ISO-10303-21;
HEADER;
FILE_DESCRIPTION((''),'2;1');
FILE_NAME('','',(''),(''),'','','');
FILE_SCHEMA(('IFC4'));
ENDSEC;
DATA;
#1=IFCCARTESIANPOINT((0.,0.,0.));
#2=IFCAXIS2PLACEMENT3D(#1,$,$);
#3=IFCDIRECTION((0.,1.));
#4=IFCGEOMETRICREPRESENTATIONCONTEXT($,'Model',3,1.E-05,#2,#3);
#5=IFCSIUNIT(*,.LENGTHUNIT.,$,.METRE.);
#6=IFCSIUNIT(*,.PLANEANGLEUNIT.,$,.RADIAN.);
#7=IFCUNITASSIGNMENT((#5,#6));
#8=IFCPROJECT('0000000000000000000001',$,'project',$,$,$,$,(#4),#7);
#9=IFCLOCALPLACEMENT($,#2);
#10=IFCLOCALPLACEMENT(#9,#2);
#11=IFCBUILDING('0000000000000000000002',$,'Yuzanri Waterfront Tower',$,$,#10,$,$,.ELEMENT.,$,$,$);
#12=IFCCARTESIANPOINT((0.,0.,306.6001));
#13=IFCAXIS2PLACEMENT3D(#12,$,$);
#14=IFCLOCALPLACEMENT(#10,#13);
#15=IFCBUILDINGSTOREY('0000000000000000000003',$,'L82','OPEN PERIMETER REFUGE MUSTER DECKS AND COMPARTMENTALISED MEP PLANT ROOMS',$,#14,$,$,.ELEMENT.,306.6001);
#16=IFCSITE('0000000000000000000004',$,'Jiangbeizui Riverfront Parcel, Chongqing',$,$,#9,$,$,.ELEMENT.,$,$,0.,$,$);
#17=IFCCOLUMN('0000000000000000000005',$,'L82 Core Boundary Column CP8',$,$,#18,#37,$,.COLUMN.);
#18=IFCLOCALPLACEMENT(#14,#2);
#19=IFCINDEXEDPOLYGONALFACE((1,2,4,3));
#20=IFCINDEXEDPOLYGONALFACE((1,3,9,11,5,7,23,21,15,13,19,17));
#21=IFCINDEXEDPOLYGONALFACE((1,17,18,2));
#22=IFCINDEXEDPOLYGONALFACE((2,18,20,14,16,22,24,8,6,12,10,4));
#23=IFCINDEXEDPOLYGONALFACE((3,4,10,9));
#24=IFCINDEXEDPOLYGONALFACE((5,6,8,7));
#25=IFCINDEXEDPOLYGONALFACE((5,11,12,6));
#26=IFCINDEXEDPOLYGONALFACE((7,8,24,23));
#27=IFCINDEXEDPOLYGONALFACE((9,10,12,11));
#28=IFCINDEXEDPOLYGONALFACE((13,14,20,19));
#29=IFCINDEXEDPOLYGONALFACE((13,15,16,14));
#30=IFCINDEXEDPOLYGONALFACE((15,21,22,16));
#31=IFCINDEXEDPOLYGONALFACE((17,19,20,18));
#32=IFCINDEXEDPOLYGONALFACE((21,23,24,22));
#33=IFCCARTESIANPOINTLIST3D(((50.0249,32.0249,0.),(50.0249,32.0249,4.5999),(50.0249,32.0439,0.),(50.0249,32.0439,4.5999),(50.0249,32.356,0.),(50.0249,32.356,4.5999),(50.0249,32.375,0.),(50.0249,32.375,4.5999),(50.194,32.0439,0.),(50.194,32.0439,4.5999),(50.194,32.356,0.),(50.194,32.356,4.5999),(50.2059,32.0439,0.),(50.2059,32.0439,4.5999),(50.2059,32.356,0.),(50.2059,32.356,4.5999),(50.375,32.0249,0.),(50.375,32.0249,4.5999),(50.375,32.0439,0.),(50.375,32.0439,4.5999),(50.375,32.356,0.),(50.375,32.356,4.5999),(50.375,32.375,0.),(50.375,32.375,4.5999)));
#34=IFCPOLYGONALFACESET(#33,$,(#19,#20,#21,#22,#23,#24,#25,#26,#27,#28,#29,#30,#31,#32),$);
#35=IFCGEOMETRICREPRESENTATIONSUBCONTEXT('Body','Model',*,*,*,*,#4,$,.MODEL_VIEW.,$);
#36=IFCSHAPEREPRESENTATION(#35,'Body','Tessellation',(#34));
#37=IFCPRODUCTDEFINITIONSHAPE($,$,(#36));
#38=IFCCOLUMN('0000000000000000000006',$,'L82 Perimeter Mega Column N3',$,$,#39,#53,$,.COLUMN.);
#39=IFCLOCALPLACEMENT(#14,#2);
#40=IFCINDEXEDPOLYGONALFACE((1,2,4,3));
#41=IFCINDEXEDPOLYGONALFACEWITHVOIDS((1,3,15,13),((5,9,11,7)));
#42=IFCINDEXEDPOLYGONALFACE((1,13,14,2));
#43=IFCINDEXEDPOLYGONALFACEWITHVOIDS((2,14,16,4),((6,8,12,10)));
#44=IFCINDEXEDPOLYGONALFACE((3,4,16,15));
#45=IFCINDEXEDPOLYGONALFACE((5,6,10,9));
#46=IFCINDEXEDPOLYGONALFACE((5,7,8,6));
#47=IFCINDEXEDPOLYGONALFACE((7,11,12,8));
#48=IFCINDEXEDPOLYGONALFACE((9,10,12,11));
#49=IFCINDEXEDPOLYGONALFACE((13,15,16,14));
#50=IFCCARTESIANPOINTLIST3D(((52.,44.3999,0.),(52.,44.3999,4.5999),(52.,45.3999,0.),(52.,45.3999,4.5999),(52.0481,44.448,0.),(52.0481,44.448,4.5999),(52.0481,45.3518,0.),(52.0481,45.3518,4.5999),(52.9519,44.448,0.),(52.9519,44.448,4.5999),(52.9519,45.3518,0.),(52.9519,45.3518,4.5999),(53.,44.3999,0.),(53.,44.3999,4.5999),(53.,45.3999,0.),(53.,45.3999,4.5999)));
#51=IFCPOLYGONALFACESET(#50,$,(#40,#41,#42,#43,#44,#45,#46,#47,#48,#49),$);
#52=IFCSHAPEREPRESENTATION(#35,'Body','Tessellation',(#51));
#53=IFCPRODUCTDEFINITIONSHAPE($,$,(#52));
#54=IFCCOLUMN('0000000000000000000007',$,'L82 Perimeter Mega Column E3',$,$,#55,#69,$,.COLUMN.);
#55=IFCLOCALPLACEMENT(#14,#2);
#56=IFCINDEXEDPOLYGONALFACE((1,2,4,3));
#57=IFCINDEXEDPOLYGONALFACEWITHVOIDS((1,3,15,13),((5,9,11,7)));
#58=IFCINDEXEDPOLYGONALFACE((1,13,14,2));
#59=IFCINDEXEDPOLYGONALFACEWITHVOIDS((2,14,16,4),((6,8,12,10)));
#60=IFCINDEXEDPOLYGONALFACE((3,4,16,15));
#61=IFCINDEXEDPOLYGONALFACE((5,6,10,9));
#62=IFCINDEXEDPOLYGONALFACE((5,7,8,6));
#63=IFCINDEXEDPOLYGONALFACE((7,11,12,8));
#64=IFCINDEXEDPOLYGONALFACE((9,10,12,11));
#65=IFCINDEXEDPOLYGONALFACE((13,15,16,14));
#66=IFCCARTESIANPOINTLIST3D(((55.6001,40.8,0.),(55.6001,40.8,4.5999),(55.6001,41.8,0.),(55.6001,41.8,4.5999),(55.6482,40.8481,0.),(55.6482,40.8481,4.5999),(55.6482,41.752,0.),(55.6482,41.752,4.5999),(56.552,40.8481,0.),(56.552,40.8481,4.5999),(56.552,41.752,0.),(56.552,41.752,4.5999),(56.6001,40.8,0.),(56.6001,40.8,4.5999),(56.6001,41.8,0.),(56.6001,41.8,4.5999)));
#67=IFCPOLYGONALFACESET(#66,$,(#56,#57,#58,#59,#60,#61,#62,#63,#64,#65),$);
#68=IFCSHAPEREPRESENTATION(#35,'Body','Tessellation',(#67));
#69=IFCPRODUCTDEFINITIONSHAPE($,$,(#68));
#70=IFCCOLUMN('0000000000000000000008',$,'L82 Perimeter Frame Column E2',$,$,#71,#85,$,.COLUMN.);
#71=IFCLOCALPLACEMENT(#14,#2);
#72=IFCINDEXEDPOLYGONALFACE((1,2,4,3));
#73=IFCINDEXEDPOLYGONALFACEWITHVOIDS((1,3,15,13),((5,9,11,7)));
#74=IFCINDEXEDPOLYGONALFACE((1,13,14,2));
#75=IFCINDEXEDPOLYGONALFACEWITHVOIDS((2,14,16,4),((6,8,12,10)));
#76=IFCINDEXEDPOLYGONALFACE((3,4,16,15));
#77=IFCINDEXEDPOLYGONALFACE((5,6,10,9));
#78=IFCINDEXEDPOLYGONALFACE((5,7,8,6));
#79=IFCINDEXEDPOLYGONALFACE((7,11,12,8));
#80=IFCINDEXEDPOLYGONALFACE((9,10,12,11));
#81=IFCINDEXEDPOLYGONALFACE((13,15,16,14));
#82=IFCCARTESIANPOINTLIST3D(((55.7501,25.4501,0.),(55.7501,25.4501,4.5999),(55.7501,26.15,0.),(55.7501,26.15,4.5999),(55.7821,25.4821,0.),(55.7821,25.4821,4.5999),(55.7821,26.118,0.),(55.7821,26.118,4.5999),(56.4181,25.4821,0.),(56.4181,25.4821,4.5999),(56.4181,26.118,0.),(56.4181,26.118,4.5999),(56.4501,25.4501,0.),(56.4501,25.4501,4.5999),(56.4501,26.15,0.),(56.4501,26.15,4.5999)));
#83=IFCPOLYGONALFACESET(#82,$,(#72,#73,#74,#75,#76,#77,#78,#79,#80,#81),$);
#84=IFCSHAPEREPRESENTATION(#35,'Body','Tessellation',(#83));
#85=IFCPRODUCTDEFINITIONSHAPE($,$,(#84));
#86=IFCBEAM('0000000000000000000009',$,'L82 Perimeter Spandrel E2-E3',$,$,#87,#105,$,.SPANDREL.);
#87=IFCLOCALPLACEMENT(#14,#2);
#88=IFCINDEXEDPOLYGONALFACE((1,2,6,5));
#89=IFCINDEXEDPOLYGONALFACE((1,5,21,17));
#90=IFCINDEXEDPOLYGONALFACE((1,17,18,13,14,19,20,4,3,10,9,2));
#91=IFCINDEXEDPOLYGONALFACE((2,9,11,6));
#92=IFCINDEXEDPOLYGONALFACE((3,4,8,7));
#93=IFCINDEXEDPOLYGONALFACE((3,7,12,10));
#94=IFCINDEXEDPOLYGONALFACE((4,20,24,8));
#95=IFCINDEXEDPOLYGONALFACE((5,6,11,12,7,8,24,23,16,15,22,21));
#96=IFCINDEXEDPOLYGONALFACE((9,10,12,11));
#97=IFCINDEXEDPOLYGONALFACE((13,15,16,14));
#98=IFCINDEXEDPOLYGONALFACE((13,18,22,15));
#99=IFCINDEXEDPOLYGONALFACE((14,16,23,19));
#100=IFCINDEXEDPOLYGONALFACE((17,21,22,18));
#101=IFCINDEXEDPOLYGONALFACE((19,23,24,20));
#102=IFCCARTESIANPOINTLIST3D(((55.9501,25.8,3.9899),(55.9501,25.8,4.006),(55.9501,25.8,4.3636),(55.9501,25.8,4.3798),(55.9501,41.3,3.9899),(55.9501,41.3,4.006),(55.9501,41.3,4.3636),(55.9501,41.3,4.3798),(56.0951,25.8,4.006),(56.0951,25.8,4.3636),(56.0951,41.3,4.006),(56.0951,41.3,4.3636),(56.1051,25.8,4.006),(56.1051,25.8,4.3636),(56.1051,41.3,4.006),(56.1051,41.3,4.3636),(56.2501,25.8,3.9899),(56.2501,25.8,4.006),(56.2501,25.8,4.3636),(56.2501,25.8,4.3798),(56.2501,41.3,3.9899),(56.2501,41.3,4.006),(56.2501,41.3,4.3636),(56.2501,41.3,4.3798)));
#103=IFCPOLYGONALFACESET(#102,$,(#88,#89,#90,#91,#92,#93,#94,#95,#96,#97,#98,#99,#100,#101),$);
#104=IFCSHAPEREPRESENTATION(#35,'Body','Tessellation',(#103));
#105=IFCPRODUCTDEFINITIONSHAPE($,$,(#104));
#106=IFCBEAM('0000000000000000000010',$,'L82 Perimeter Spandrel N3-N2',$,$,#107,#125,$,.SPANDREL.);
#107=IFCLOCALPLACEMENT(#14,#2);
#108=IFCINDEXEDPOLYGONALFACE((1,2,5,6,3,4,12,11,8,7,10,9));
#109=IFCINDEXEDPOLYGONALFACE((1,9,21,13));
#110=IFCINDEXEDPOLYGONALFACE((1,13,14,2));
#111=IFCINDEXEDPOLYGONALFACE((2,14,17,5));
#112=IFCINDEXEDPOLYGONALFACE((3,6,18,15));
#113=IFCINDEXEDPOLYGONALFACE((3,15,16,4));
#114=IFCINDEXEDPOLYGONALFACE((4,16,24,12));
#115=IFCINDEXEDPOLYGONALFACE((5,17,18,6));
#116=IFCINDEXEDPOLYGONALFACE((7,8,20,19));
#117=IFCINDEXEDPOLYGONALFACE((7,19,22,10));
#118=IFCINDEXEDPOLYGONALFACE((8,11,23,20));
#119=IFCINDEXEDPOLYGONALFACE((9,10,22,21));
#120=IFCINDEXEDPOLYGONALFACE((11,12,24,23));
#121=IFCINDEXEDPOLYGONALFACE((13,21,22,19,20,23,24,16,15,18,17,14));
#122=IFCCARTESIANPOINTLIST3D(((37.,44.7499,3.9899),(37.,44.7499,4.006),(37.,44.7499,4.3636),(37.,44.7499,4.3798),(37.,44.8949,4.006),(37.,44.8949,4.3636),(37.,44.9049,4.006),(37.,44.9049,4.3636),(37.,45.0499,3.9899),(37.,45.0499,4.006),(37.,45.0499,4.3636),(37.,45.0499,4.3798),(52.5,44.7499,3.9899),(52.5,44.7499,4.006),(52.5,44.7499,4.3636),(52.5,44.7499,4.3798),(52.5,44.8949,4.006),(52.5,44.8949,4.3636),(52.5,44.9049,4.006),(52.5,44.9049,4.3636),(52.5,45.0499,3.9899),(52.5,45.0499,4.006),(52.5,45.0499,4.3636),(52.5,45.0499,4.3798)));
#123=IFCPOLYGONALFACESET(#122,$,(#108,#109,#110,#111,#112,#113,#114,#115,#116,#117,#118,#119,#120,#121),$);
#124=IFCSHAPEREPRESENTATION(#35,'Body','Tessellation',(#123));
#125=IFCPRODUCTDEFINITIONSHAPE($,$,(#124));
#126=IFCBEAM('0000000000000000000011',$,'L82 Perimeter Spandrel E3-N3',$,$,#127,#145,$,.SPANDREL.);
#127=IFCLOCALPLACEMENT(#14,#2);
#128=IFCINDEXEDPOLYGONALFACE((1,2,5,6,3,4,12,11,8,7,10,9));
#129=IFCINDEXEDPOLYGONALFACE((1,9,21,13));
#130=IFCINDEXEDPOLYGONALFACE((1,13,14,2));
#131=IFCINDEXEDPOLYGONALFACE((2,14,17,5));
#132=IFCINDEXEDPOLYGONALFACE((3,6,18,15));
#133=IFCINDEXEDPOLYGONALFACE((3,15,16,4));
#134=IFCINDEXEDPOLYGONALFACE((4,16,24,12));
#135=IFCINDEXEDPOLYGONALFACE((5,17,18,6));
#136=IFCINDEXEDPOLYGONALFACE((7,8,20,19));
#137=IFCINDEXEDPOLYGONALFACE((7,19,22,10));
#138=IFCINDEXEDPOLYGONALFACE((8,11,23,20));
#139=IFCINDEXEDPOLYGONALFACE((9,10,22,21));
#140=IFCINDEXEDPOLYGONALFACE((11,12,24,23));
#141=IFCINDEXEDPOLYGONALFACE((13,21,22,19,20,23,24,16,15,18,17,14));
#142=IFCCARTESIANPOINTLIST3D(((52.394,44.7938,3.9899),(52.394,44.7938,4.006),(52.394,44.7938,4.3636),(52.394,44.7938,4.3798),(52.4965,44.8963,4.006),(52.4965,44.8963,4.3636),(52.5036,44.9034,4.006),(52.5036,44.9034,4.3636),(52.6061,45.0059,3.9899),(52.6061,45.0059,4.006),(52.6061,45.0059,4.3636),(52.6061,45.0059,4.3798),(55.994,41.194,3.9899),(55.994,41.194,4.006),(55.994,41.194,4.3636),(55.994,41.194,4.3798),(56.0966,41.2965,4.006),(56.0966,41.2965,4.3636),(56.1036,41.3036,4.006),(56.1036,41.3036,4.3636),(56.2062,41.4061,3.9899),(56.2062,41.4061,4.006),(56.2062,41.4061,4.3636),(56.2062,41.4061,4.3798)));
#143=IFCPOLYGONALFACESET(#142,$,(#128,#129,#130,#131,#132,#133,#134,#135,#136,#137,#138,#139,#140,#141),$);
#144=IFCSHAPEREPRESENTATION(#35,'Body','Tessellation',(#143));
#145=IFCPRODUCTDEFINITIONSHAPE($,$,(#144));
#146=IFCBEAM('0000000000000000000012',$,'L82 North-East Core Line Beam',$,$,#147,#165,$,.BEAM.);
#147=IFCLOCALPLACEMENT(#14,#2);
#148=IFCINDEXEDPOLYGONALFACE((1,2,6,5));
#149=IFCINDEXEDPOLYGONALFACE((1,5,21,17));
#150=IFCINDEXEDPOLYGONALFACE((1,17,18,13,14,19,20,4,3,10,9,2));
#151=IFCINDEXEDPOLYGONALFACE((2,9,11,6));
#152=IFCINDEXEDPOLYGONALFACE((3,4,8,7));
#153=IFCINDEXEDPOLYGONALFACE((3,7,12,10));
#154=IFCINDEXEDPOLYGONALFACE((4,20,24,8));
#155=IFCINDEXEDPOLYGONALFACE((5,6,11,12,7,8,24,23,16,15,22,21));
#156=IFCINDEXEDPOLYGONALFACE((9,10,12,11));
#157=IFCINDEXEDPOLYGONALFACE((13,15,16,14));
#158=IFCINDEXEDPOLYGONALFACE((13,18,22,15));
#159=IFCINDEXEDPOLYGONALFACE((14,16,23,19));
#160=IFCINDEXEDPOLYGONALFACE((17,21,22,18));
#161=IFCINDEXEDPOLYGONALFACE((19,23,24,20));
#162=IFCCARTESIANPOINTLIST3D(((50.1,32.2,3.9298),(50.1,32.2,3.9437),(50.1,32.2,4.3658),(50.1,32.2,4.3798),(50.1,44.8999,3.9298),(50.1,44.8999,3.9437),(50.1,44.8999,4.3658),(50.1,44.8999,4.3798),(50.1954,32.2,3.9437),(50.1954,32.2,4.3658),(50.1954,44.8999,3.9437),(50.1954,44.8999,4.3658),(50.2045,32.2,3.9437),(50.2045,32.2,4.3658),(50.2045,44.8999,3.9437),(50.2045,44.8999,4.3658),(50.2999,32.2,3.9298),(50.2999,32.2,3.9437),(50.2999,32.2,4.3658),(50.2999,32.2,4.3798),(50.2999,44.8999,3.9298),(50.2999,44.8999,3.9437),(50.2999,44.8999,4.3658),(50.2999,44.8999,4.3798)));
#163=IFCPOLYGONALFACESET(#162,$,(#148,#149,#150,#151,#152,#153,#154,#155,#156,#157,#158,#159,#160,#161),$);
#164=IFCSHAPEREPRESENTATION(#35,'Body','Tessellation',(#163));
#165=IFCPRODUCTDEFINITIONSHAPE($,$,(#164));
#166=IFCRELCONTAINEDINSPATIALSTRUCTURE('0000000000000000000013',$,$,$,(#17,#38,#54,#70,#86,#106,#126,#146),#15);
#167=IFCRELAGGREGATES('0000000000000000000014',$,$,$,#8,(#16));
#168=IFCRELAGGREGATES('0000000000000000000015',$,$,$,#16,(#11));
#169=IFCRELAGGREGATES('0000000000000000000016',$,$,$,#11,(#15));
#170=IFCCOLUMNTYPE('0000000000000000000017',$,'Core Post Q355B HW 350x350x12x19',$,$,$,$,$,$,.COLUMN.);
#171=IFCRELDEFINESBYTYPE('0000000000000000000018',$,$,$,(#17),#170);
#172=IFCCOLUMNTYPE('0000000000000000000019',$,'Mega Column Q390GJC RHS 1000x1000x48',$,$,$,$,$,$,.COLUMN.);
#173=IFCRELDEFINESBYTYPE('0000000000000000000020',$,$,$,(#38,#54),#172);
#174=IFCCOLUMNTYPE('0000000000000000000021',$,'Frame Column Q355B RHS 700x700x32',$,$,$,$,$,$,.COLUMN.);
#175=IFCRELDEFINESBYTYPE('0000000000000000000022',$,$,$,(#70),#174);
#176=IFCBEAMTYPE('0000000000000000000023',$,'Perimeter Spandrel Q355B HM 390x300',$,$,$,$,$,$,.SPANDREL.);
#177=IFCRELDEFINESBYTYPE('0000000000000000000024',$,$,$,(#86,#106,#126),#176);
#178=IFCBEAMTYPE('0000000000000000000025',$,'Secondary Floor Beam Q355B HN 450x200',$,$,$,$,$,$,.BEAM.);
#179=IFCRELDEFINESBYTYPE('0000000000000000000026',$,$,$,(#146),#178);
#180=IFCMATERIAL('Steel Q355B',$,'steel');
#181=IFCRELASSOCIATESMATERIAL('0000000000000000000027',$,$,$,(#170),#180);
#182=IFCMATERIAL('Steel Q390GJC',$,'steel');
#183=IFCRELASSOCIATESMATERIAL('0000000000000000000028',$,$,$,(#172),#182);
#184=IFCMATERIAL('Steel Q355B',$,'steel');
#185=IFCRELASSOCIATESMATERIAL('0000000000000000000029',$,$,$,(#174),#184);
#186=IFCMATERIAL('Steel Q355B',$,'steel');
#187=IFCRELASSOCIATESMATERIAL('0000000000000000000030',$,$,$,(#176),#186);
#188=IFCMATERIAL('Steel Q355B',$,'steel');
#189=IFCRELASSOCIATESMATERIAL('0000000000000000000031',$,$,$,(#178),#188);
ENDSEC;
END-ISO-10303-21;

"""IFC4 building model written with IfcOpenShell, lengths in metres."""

from ifc_helpers import new_model, si_unit, direction, frame, origin, origin_2d, place, context, subcontext, project, spatial, hollow_rectangle, i_section, extrude, source, transform, mapped, material, material_profile, profile_set, type_object, element, save


model = new_model("IFC4")

# Units and contexts
model_context = context("Model", 3, precision=1e-05, world=origin(), true_north=direction((0.0, 1.0)))
body_context = subcontext(model_context, "Body", "Model", "MODEL_VIEW")
ifc_project = project(units=[si_unit("LENGTHUNIT", "METRE"), si_unit("PLANEANGLEUNIT", "RADIAN")], contexts=[model_context])

# Site, building, storey
site_placement = place(None, origin())
site = spatial("IfcSite", under=ifc_project, at=site_placement, Name="Jiangbeizui Riverfront Parcel, Chongqing", CompositionType="ELEMENT", RefElevation=0.0)
building_placement = place(site_placement, origin())
building = spatial("IfcBuilding", under=site, at=building_placement, Name="Yuzanri Waterfront Tower", CompositionType="ELEMENT")
storey_placement = place(building_placement, frame((0.0, 0.0, 306.6001)))
storey = spatial("IfcBuildingStorey", under=building, at=storey_placement, Name="L82", Description="OPEN PERIMETER REFUGE MUSTER DECKS AND COMPARTMENTALISED MEP PLANT ROOMS", CompositionType="ELEMENT", Elevation=306.6001)

# Columns
ifc_material_1 = material(Name="Steel Q355B", Category="steel")
ifc_material_profile_1 = material_profile(ifc_material_1, i_section(OverallWidth=0.3501, OverallDepth=0.3501, WebThickness=0.012, FlangeThickness=0.019, at=origin_2d()), Name="HW 350x350x12x19")
ifc_profile_set_1 = profile_set([ifc_material_profile_1], Name="Steel Q355B")
column_type_1 = type_object("IfcColumnType", Name="Core Post Q355B HW 350x350x12x19", PredefinedType="COLUMN", material=ifc_profile_set_1)
shared_shape_1 = source(origin(), body_context, "Body", "SweptSolid", [
    extrude(i_section(OverallWidth=0.3501, OverallDepth=0.3501, WebThickness=0.012, FlangeThickness=0.019, at=origin_2d()), origin(), (0.0, 0.0, 1.0), 4.5999),
])
column_1_placement = place(storey_placement, frame((50.2, 32.2, 0.0), z_axis=(0.0, 0.0, 1.0), x_axis=(1.0, 0.0, 0.0)))
element("IfcColumn", 1, at=column_1_placement, inside=storey, type_object=column_type_1, Name="L82 Core Boundary Column CP8", PredefinedType="COLUMN", context=body_context, shape_type="MappedRepresentation", body=[
    mapped(shared_shape_1, transform((0.0, 0.0, 0.0), scale=1.0)),
])
ifc_material_2 = material(Name="Steel Q390GJC", Category="steel")
ifc_material_profile_2 = material_profile(ifc_material_2, hollow_rectangle(XDim=1.0, YDim=1.0, WallThickness=0.0481, at=origin_2d()), Name="RHS 1000x1000x48")
ifc_profile_set_2 = profile_set([ifc_material_profile_2], Name="Steel Q390GJC")
column_type_2 = type_object("IfcColumnType", Name="Mega Column Q390GJC RHS 1000x1000x48", PredefinedType="COLUMN", material=ifc_profile_set_2)
shared_shape_2 = source(origin(), body_context, "Body", "SweptSolid", [
    extrude(hollow_rectangle(XDim=1.0, YDim=1.0, WallThickness=0.0481, at=origin_2d()), origin(), (0.0, 0.0, 1.0), 4.5999),
])
for number, where, z_axis, x_axis, name in (
    (2, (52.5, 44.8999, 0.0), (0.0, 0.0, 1.0), (1.0, 0.0, 0.0), "L82 Perimeter Mega Column N3"),
    (3, (56.1001, 41.3, 0.0), (0.0, 0.0, 1.0), (1.0, 0.0, 0.0), "L82 Perimeter Mega Column E3"),
):
    element("IfcColumn", number, at=place(storey_placement, frame(where, z_axis=z_axis, x_axis=x_axis)), inside=storey, type_object=column_type_2, Name=name, PredefinedType="COLUMN", context=body_context, shape_type="MappedRepresentation", body=[
        mapped(shared_shape_2, transform((0.0, 0.0, 0.0), scale=1.0)),
    ])
ifc_material_3 = material(Name="Steel Q355B", Category="steel")
ifc_material_profile_3 = material_profile(ifc_material_3, hollow_rectangle(XDim=0.7, YDim=0.7, WallThickness=0.032, at=origin_2d()), Name="RHS 700x700x32")
ifc_profile_set_3 = profile_set([ifc_material_profile_3], Name="Steel Q355B")
column_type_3 = type_object("IfcColumnType", Name="Frame Column Q355B RHS 700x700x32", PredefinedType="COLUMN", material=ifc_profile_set_3)
shared_shape_3 = source(origin(), body_context, "Body", "SweptSolid", [
    extrude(hollow_rectangle(XDim=0.7, YDim=0.7, WallThickness=0.032, at=origin_2d()), origin(), (0.0, 0.0, 1.0), 4.5999),
])
column_2_placement = place(storey_placement, frame((56.1001, 25.8, 0.0), z_axis=(0.0, 0.0, 1.0), x_axis=(1.0, 0.0, 0.0)))
element("IfcColumn", 4, at=column_2_placement, inside=storey, type_object=column_type_3, Name="L82 Perimeter Frame Column E2", PredefinedType="COLUMN", context=body_context, shape_type="MappedRepresentation", body=[
    mapped(shared_shape_3, transform((0.0, 0.0, 0.0), scale=1.0)),
])

# Beams
ifc_material_4 = material(Name="Steel Q355B", Category="steel")
ifc_material_profile_4 = material_profile(ifc_material_4, i_section(OverallWidth=0.3, OverallDepth=0.3899, WebThickness=0.01, FlangeThickness=0.0161, at=origin_2d()), Name="HM 390x300x10x16")
ifc_profile_set_4 = profile_set([ifc_material_profile_4], Name="Steel Q355B")
beam_type_1 = type_object("IfcBeamType", Name="Perimeter Spandrel Q355B HM 390x300", PredefinedType="SPANDREL", material=ifc_profile_set_4)
shared_shape_4 = source(origin(), body_context, "Body", "SweptSolid", [
    extrude(i_section(OverallWidth=0.3, OverallDepth=0.3899, WebThickness=0.01, FlangeThickness=0.0161, at=origin_2d()), origin(), (0.0, 0.0, 1.0), 15.5),
])
for number, where, z_axis, x_axis, name in (
    (5, (56.1001, 25.8, 4.1848), (0.0, 1.0, 0.0), (-1.0, 0.0, 0.0), "L82 Perimeter Spandrel E2-E3"),
    (6, (52.5, 44.8999, 4.1848), (-1.0, 0.0, 0.0), (0.0, -1.0, 0.0), "L82 Perimeter Spandrel N3-N2"),
):
    element("IfcBeam", number, at=place(storey_placement, frame(where, z_axis=z_axis, x_axis=x_axis)), inside=storey, type_object=beam_type_1, Name=name, PredefinedType="SPANDREL", context=body_context, shape_type="MappedRepresentation", body=[
        mapped(shared_shape_4, transform((0.0, 0.0, 0.0), scale=1.0)),
    ])
shared_shape_5 = source(origin(), body_context, "Body", "SweptSolid", [
    extrude(i_section(OverallWidth=0.3, OverallDepth=0.3899, WebThickness=0.01, FlangeThickness=0.0161, at=origin_2d()), origin(), (0.0, 0.0, 1.0), 5.0911),
])
beam_1_placement = place(storey_placement, frame((56.1001, 41.3, 4.1848), z_axis=(-0.707131, 0.707083, 0.0), x_axis=(-0.707083, -0.707131, 0.0)))
element("IfcBeam", 7, at=beam_1_placement, inside=storey, type_object=beam_type_1, Name="L82 Perimeter Spandrel E3-N3", PredefinedType="SPANDREL", context=body_context, shape_type="MappedRepresentation", body=[
    mapped(shared_shape_5, transform((0.0, 0.0, 0.0), scale=1.0)),
])
ifc_material_5 = material(Name="Steel Q355B", Category="steel")
ifc_material_profile_5 = material_profile(ifc_material_5, i_section(OverallWidth=0.2, OverallDepth=0.45, WebThickness=0.009, FlangeThickness=0.0139, at=origin_2d()), Name="HN 450x200x9x14")
ifc_profile_set_5 = profile_set([ifc_material_profile_5], Name="Steel Q355B")
beam_type_2 = type_object("IfcBeamType", Name="Secondary Floor Beam Q355B HN 450x200", PredefinedType="BEAM", material=ifc_profile_set_5)
shared_shape_6 = source(origin(), body_context, "Body", "SweptSolid", [
    extrude(i_section(OverallWidth=0.2, OverallDepth=0.45, WebThickness=0.009, FlangeThickness=0.0139, at=origin_2d()), origin(), (0.0, 0.0, 1.0), 12.7),
])
beam_2_placement = place(storey_placement, frame((50.2, 32.2, 4.1548), z_axis=(0.0, 1.0, 0.0), x_axis=(-1.0, 0.0, 0.0)))
element("IfcBeam", 8, at=beam_2_placement, inside=storey, type_object=beam_type_2, Name="L82 North-East Core Line Beam", PredefinedType="BEAM", context=body_context, shape_type="MappedRepresentation", body=[
    mapped(shared_shape_6, transform((0.0, 0.0, 0.0), scale=1.0)),
])

save(model, "model.ifc")
